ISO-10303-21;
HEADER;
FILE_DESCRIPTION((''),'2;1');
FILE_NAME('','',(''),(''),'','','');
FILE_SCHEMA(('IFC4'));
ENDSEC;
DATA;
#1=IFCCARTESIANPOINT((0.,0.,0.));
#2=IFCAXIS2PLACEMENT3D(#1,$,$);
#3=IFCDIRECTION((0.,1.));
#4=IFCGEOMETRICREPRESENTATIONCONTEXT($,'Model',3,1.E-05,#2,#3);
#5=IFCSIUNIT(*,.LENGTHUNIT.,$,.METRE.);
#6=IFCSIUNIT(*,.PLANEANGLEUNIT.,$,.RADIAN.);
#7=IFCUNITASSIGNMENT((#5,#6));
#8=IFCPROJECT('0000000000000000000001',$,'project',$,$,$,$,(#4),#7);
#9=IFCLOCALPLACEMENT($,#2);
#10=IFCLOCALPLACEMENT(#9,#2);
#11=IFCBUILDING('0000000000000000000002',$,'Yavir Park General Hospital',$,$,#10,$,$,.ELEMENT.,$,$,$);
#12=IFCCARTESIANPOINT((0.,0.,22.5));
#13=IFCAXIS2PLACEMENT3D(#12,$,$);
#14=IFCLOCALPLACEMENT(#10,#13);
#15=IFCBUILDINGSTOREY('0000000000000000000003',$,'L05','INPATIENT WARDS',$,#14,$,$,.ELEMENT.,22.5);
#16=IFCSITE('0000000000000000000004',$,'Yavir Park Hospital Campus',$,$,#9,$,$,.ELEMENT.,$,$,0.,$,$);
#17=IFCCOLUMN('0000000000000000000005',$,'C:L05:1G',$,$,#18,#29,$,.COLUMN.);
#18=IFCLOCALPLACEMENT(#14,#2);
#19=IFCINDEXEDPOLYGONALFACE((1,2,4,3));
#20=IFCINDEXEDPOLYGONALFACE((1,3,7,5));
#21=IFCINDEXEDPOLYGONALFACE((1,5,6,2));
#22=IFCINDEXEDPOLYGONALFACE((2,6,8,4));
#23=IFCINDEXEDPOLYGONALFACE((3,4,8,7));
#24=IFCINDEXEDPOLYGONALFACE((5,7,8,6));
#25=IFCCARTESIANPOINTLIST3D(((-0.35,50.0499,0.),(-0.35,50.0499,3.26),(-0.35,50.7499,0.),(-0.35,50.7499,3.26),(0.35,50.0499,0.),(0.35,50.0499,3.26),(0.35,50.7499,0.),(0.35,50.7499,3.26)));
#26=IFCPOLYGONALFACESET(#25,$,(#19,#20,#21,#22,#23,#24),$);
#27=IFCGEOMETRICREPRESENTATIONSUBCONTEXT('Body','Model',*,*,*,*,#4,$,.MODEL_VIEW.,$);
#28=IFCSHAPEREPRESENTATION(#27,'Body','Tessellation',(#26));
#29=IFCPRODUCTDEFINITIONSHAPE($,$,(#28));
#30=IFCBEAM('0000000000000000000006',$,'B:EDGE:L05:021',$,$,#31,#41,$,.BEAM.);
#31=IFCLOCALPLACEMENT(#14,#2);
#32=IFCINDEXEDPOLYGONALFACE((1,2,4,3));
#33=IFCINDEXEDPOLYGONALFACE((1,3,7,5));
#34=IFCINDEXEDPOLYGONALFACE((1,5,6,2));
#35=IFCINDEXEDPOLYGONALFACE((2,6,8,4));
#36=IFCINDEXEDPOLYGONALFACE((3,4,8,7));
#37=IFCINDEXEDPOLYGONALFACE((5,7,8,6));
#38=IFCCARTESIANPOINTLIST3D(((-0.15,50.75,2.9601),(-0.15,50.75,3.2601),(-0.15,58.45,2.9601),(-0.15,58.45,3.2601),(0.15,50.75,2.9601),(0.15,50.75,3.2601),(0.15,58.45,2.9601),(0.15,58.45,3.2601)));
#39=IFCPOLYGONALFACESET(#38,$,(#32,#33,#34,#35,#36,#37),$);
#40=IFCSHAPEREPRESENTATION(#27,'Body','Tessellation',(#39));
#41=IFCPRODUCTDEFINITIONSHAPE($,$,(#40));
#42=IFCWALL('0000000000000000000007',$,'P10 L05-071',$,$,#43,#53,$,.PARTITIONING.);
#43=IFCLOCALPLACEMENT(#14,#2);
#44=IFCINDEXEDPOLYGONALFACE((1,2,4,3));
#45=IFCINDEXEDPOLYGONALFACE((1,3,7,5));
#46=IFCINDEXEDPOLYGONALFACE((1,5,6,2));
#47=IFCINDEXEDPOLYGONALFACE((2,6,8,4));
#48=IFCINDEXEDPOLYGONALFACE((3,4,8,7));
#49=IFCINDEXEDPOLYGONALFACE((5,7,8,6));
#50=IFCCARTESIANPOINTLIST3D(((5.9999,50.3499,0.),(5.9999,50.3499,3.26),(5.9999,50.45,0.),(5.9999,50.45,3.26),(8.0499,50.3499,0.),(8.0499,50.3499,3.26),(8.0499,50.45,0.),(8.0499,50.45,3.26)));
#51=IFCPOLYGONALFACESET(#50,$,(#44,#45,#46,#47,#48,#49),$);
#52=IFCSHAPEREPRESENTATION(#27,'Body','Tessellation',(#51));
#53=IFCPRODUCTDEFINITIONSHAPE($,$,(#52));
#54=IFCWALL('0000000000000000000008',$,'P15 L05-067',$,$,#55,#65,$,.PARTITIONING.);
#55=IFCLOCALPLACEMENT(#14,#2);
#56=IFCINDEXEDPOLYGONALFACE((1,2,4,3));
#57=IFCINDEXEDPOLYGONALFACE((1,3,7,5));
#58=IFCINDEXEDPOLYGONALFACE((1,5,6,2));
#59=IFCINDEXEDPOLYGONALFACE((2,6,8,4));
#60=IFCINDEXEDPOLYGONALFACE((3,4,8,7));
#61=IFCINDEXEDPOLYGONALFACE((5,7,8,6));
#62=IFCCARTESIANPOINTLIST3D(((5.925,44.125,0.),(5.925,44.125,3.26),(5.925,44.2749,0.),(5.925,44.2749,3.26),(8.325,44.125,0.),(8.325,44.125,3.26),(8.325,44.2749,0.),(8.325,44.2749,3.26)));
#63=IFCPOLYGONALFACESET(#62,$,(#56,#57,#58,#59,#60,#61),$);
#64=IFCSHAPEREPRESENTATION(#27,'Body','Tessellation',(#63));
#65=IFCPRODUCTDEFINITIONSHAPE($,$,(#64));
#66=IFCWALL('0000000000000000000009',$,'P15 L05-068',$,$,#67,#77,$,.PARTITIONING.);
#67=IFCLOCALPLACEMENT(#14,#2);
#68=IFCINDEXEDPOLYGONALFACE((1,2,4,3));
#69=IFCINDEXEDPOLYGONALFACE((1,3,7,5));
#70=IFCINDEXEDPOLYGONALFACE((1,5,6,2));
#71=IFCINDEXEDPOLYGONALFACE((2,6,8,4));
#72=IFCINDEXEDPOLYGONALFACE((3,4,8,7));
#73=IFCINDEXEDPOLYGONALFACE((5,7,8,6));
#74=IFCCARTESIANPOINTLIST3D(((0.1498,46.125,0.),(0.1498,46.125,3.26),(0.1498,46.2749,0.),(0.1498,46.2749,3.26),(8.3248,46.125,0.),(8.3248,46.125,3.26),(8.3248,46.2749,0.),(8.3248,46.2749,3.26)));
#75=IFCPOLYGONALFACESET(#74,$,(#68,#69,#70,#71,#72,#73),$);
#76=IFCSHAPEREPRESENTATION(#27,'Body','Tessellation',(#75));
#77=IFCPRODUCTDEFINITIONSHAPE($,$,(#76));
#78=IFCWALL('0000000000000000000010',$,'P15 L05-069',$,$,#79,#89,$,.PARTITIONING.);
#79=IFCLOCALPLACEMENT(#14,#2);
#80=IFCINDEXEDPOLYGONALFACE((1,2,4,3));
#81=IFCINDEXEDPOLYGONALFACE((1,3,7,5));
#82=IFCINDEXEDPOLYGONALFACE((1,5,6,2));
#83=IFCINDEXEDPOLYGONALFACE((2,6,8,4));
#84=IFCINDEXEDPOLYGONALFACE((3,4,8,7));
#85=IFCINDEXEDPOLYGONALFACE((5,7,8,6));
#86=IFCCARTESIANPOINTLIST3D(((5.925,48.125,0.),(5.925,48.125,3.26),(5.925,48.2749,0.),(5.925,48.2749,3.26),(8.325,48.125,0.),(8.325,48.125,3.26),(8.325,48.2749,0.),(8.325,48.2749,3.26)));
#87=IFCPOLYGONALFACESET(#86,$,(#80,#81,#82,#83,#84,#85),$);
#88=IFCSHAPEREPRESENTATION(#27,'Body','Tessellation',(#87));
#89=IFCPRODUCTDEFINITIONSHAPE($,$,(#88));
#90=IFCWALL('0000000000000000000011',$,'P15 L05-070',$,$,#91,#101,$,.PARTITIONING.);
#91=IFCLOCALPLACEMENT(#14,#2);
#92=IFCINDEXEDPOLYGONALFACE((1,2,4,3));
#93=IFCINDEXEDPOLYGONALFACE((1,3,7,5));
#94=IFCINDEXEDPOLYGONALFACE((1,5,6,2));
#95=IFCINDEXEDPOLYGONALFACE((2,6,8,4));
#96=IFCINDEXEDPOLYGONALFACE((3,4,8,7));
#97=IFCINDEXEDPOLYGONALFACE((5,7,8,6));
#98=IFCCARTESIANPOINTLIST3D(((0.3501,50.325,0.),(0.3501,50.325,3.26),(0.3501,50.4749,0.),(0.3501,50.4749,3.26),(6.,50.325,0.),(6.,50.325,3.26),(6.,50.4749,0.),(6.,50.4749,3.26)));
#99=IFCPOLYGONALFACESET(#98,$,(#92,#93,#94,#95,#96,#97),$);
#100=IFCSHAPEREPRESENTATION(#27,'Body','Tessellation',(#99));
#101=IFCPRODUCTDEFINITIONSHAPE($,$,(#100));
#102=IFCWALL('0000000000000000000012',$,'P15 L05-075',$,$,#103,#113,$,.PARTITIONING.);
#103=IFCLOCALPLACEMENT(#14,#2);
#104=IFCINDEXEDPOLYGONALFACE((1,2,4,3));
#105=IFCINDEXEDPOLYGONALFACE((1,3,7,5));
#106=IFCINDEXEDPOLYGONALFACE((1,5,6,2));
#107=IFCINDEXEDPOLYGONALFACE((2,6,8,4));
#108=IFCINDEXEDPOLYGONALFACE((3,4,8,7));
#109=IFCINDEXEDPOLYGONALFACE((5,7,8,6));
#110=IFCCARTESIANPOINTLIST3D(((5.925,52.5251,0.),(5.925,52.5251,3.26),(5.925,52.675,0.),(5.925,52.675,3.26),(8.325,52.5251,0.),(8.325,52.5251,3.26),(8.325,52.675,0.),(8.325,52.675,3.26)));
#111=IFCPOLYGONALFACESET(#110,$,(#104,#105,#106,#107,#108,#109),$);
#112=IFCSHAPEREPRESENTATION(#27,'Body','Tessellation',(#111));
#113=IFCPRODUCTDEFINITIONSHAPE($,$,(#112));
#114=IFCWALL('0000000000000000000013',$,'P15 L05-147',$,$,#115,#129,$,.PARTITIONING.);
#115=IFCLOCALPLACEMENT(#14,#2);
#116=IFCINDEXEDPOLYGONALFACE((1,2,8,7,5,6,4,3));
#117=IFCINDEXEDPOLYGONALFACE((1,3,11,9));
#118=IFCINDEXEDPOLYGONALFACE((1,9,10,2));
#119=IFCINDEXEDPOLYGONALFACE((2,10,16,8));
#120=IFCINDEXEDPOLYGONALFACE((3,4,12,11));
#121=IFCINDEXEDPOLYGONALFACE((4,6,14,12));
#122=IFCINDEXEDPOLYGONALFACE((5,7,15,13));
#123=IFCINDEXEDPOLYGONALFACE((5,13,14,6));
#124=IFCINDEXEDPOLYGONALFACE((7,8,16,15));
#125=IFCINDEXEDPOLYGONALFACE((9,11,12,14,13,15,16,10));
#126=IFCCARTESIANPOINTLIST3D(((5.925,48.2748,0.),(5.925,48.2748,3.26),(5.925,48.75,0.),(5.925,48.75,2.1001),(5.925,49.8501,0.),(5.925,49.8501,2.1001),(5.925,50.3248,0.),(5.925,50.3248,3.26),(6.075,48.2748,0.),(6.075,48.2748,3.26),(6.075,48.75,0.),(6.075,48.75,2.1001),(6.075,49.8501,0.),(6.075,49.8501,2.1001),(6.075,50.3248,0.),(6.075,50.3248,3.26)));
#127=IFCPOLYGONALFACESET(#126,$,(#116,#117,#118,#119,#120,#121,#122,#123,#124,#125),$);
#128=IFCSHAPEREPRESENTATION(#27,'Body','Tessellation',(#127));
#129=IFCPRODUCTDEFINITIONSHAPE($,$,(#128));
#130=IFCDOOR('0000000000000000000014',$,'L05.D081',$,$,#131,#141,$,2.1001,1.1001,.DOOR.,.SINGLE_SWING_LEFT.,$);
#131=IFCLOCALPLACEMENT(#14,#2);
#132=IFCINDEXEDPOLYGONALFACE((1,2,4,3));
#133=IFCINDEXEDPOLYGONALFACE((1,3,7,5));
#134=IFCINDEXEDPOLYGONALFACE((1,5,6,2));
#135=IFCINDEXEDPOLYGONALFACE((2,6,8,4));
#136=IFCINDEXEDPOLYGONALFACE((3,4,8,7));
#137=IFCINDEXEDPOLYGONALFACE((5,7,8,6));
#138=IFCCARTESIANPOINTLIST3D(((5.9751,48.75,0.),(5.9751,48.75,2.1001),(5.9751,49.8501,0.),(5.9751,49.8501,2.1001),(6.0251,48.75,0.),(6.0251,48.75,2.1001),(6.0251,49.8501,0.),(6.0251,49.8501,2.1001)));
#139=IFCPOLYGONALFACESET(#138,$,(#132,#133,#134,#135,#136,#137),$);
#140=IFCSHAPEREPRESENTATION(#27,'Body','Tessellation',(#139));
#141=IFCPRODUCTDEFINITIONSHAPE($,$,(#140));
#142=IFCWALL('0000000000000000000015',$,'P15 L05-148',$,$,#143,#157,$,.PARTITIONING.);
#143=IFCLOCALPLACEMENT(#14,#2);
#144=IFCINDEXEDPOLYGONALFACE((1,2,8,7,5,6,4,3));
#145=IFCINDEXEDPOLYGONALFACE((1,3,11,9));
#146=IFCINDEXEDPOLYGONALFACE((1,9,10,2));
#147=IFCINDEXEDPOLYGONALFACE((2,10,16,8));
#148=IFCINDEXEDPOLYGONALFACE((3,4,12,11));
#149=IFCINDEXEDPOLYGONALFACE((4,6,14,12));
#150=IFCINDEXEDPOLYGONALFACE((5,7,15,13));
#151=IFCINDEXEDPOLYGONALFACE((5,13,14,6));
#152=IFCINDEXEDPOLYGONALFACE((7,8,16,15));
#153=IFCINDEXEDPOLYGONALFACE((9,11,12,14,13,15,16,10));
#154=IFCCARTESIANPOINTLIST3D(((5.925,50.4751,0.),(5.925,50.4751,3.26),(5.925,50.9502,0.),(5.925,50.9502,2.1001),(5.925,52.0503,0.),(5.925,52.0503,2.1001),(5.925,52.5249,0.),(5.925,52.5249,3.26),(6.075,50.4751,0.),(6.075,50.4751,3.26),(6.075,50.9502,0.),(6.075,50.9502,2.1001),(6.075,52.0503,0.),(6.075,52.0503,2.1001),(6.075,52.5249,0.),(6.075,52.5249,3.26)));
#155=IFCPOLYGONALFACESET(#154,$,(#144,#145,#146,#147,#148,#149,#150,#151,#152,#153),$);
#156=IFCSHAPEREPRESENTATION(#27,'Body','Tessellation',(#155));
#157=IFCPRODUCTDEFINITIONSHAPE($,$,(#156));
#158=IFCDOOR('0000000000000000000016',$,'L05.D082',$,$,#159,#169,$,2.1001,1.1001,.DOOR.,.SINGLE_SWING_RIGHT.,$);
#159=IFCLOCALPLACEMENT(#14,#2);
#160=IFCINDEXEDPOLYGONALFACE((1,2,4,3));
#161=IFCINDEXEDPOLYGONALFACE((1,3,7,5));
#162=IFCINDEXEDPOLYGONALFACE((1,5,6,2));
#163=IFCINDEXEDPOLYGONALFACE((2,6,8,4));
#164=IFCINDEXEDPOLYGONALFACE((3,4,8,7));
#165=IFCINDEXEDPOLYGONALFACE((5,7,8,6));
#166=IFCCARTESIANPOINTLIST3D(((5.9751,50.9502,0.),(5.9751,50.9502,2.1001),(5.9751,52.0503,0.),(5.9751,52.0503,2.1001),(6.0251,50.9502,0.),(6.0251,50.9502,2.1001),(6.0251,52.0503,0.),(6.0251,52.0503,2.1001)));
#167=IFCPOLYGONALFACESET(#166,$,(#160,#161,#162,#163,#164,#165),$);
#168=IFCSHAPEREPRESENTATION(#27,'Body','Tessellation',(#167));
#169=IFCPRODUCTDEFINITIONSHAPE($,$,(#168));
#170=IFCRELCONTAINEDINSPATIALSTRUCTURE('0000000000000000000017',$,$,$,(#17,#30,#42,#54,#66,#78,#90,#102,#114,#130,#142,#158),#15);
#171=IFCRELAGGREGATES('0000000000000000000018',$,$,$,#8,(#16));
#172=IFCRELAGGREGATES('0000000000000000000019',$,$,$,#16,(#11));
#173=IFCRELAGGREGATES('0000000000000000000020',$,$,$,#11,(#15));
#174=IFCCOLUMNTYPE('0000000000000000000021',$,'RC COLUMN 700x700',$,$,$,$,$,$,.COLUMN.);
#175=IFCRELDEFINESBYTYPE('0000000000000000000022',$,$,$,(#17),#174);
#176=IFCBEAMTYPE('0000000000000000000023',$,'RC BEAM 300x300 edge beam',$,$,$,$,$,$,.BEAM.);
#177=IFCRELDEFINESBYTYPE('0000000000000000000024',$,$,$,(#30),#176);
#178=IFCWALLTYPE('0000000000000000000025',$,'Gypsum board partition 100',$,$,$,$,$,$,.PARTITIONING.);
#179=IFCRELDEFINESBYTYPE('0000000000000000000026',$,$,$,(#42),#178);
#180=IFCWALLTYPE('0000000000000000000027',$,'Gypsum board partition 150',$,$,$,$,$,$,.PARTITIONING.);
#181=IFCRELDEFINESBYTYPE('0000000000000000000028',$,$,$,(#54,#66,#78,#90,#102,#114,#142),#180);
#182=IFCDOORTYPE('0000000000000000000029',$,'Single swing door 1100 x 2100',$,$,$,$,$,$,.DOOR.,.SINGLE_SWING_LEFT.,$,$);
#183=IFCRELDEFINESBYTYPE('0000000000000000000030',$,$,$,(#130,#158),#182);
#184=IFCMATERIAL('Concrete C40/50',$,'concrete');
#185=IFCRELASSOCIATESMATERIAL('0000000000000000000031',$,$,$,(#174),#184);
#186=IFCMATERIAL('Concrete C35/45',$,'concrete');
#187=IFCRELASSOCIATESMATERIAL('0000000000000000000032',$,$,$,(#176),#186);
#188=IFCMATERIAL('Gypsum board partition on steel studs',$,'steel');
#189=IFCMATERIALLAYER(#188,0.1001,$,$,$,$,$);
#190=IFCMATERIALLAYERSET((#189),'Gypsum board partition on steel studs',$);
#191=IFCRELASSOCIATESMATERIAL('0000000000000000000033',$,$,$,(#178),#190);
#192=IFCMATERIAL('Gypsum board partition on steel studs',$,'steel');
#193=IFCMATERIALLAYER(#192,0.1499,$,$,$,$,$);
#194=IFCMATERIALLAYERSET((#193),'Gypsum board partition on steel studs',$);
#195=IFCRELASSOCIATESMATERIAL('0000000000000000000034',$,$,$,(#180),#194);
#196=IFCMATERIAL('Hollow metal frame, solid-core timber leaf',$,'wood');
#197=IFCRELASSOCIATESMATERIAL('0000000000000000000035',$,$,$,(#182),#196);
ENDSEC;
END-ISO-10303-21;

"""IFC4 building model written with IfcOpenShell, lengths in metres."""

from ifc_helpers import new_model, si_unit, direction, frame, frame_2d, origin, origin_2d, place, context, subcontext, project, spatial, rectangle, extrude, material, layer, layer_set, material_profile, profile_set, type_object, element, fill, save


model = new_model("IFC4")

# Units and contexts
model_context = context("Model", 3, precision=1e-05, world=origin(), true_north=direction((0.0, 1.0)))
body_context = subcontext(model_context, "Body", "Model", "MODEL_VIEW")
ifc_project = project(units=[si_unit("LENGTHUNIT", "METRE"), si_unit("PLANEANGLEUNIT", "RADIAN")], contexts=[model_context])

# Site, building, storey
site_placement = place(None, origin())
site = spatial("IfcSite", under=ifc_project, at=site_placement, Name="Yavir Park Hospital Campus", CompositionType="ELEMENT", RefElevation=0.0)
building_placement = place(site_placement, origin())
building = spatial("IfcBuilding", under=site, at=building_placement, Name="Yavir Park General Hospital", CompositionType="ELEMENT")
storey_placement = place(building_placement, frame((0.0, 0.0, 22.5)))
storey = spatial("IfcBuildingStorey", under=building, at=storey_placement, Name="L05", Description="INPATIENT WARDS", CompositionType="ELEMENT", Elevation=22.5)

# Column
ifc_material_1 = material(Name="Concrete C40/50", Category="concrete")
ifc_material_profile_1 = material_profile(ifc_material_1, rectangle(XDim=0.7, YDim=0.7, at=origin_2d()), Name="RC700x700")
ifc_profile_set_1 = profile_set([ifc_material_profile_1], Name="Concrete C40/50")
column_type = type_object("IfcColumnType", Name="RC COLUMN 700x700", PredefinedType="COLUMN", material=ifc_profile_set_1)
column_placement = place(storey_placement, frame((0.0, 50.3999, 0.0), z_axis=(0.0, 0.0, 1.0), x_axis=(1.0, 0.0, 0.0)))
element("IfcColumn", 1, at=column_placement, inside=storey, type_object=column_type, Name="C:L05:1G", PredefinedType="COLUMN", context=body_context, shape_type="SweptSolid", body=[
    extrude(rectangle(XDim=0.7, YDim=0.7, at=origin_2d()), origin(), (0.0, 0.0, 1.0), 3.26),
])

# Beam
ifc_material_2 = material(Name="Concrete C35/45", Category="concrete")
ifc_material_profile_2 = material_profile(ifc_material_2, rectangle(XDim=0.3, YDim=0.3, at=origin_2d()), Name="RC300x300")
ifc_profile_set_2 = profile_set([ifc_material_profile_2], Name="Concrete C35/45")
beam_type = type_object("IfcBeamType", Name="RC BEAM 300x300 edge beam", PredefinedType="BEAM", material=ifc_profile_set_2)
beam_placement = place(storey_placement, frame((0.0, 50.75, 3.1101), z_axis=(0.0, 1.0, 0.0), x_axis=(-1.0, 0.0, 0.0)))
element("IfcBeam", 2, at=beam_placement, inside=storey, type_object=beam_type, Name="B:EDGE:L05:021", PredefinedType="BEAM", context=body_context, shape_type="SweptSolid", body=[
    extrude(rectangle(XDim=0.3, YDim=0.3, at=origin_2d()), origin(), (0.0, 0.0, 1.0), 7.7),
])

# Walls
ifc_material_3 = material(Name="Gypsum board partition on steel studs", Category="steel")
ifc_layer_1 = layer(ifc_material_3, 0.1001)
ifc_layer_set_1 = layer_set([ifc_layer_1], Name="Gypsum board partition on steel studs")
wall_type_1 = type_object("IfcWallType", Name="Gypsum board partition 100", PredefinedType="PARTITIONING", material=ifc_layer_set_1)
wall_1_placement = place(storey_placement, frame((6.0, 50.3999, 0.0), z_axis=(0.0, 0.0, 1.0), x_axis=(1.0, 0.0, 0.0)))
element("IfcWall", 3, at=wall_1_placement, inside=storey, type_object=wall_type_1, Name="P10 L05-071", PredefinedType="PARTITIONING", context=body_context, shape_type="SweptSolid", body=[
    extrude(rectangle(XDim=2.05, YDim=0.1001, at=frame_2d((1.0249, 0.0))), origin(), (0.0, 0.0, 1.0), 3.26),
])
ifc_material_4 = material(Name="Gypsum board partition on steel studs", Category="steel")
ifc_layer_2 = layer(ifc_material_4, 0.1499)
ifc_layer_set_2 = layer_set([ifc_layer_2], Name="Gypsum board partition on steel studs")
wall_type_2 = type_object("IfcWallType", Name="Gypsum board partition 150", PredefinedType="PARTITIONING", material=ifc_layer_set_2)
wall_2_placement = place(storey_placement, frame((5.925, 44.2, 0.0), z_axis=(0.0, 0.0, 1.0), x_axis=(1.0, 0.0, 0.0)))
element("IfcWall", 4, at=wall_2_placement, inside=storey, type_object=wall_type_2, Name="P15 L05-067", PredefinedType="PARTITIONING", context=body_context, shape_type="SweptSolid", body=[
    extrude(rectangle(XDim=2.3999, YDim=0.1499, at=frame_2d((1.2, 0.0))), origin(), (0.0, 0.0, 1.0), 3.26),
])
wall_3_placement = place(storey_placement, frame((0.1499, 46.2, 0.0), z_axis=(0.0, 0.0, 1.0), x_axis=(1.0, 0.0, 0.0)))
element("IfcWall", 5, at=wall_3_placement, inside=storey, type_object=wall_type_2, Name="P15 L05-068", PredefinedType="PARTITIONING", context=body_context, shape_type="SweptSolid", body=[
    extrude(rectangle(XDim=8.175, YDim=0.1499, at=frame_2d((4.0874, 0.0))), origin(), (0.0, 0.0, 1.0), 3.26),
])
wall_4_placement = place(storey_placement, frame((5.925, 48.2, 0.0), z_axis=(0.0, 0.0, 1.0), x_axis=(1.0, 0.0, 0.0)))
element("IfcWall", 6, at=wall_4_placement, inside=storey, type_object=wall_type_2, Name="P15 L05-069", PredefinedType="PARTITIONING", context=body_context, shape_type="SweptSolid", body=[
    extrude(rectangle(XDim=2.3999, YDim=0.1499, at=frame_2d((1.2, 0.0))), origin(), (0.0, 0.0, 1.0), 3.26),
])
wall_5_placement = place(storey_placement, frame((0.3501, 50.3999, 0.0), z_axis=(0.0, 0.0, 1.0), x_axis=(1.0, 0.0, 0.0)))
element("IfcWall", 7, at=wall_5_placement, inside=storey, type_object=wall_type_2, Name="P15 L05-070", PredefinedType="PARTITIONING", context=body_context, shape_type="SweptSolid", body=[
    extrude(rectangle(XDim=5.6499, YDim=0.1499, at=frame_2d((2.825, 0.0))), origin(), (0.0, 0.0, 1.0), 3.26),
])
wall_6_placement = place(storey_placement, frame((5.925, 52.6001, 0.0), z_axis=(0.0, 0.0, 1.0), x_axis=(1.0, 0.0, 0.0)))
element("IfcWall", 8, at=wall_6_placement, inside=storey, type_object=wall_type_2, Name="P15 L05-075", PredefinedType="PARTITIONING", context=body_context, shape_type="SweptSolid", body=[
    extrude(rectangle(XDim=2.3999, YDim=0.1499, at=frame_2d((1.2, 0.0))), origin(), (0.0, 0.0, 1.0), 3.26),
])

# Walls, openings, doors
wall_7_placement = place(storey_placement, frame((6.0, 48.2749, 0.0), z_axis=(0.0, 0.0, 1.0), x_axis=(0.0, 1.0, 0.0)))
wall_7 = element("IfcWall", 9, at=wall_7_placement, inside=storey, type_object=wall_type_2, Name="P15 L05-147", PredefinedType="PARTITIONING", context=body_context, shape_type="SweptSolid", body=[
    extrude(rectangle(XDim=2.05, YDim=0.1499, at=frame_2d((1.0249, 0.0))), origin(), (0.0, 0.0, 1.0), 3.26),
])
opening_1_placement = place(wall_7_placement, frame((0.4751, 0.0, 0.0)))
opening_1 = element("IfcOpeningElement", 10, at=opening_1_placement, cuts=wall_7, PredefinedType="OPENING", context=body_context, shape_type="SweptSolid", body=[
    extrude(rectangle(XDim=1.1001, YDim=2.1001, at=frame_2d((0.55, 1.05))), frame((0.0, 0.085, 0.0), z_axis=(0.0, -1.0, 0.0), x_axis=(1.0, 0.0, 0.0)), (0.0, 0.0, 1.0), 0.1699),
])
ifc_material_5 = material(Name="Hollow metal frame, solid-core timber leaf", Category="wood")
door_type = type_object("IfcDoorType", Name="Single swing door 1100 x 2100", OperationType="SINGLE_SWING_LEFT", PredefinedType="DOOR", material=ifc_material_5)
door_1_placement = place(opening_1_placement, origin())
door_1 = element("IfcDoor", 11, at=door_1_placement, inside=storey, type_object=door_type, Name="L05.D081", OperationType="SINGLE_SWING_LEFT", OverallHeight=2.1001, OverallWidth=1.1001, PredefinedType="DOOR", context=body_context, shape_type="SweptSolid", body=[
    extrude(rectangle(XDim=1.1001, YDim=2.1001, at=frame_2d((0.55, 1.05))), frame((0.0, 0.0249, 0.0), z_axis=(0.0, -1.0, 0.0), x_axis=(1.0, 0.0, 0.0)), (0.0, 0.0, 1.0), 0.05),
])
fill(opening_1, door_1)
wall_8_placement = place(storey_placement, frame((6.0, 50.4751, 0.0), z_axis=(0.0, 0.0, 1.0), x_axis=(0.0, 1.0, 0.0)))
wall_8 = element("IfcWall", 12, at=wall_8_placement, inside=storey, type_object=wall_type_2, Name="P15 L05-148", PredefinedType="PARTITIONING", context=body_context, shape_type="SweptSolid", body=[
    extrude(rectangle(XDim=2.0498, YDim=0.1499, at=frame_2d((1.0249, 0.0))), origin(), (0.0, 0.0, 1.0), 3.26),
])
opening_2_placement = place(wall_8_placement, frame((0.4751, 0.0, 0.0)))
opening_2 = element("IfcOpeningElement", 13, at=opening_2_placement, cuts=wall_8, PredefinedType="OPENING", context=body_context, shape_type="SweptSolid", body=[
    extrude(rectangle(XDim=1.1001, YDim=2.1001, at=frame_2d((0.55, 1.05))), frame((0.0, 0.085, 0.0), z_axis=(0.0, -1.0, 0.0), x_axis=(1.0, 0.0, 0.0)), (0.0, 0.0, 1.0), 0.1699),
])
door_2_placement = place(opening_2_placement, origin())
door_2 = element("IfcDoor", 14, at=door_2_placement, inside=storey, type_object=door_type, Name="L05.D082", OperationType="SINGLE_SWING_RIGHT", OverallHeight=2.1001, OverallWidth=1.1001, PredefinedType="DOOR", context=body_context, shape_type="SweptSolid", body=[
    extrude(rectangle(XDim=1.1001, YDim=2.1001, at=frame_2d((0.55, 1.05))), frame((0.0, 0.0249, 0.0), z_axis=(0.0, -1.0, 0.0), x_axis=(1.0, 0.0, 0.0)), (0.0, 0.0, 1.0), 0.05),
])
fill(opening_2, door_2)

save(model, "model.ifc")
